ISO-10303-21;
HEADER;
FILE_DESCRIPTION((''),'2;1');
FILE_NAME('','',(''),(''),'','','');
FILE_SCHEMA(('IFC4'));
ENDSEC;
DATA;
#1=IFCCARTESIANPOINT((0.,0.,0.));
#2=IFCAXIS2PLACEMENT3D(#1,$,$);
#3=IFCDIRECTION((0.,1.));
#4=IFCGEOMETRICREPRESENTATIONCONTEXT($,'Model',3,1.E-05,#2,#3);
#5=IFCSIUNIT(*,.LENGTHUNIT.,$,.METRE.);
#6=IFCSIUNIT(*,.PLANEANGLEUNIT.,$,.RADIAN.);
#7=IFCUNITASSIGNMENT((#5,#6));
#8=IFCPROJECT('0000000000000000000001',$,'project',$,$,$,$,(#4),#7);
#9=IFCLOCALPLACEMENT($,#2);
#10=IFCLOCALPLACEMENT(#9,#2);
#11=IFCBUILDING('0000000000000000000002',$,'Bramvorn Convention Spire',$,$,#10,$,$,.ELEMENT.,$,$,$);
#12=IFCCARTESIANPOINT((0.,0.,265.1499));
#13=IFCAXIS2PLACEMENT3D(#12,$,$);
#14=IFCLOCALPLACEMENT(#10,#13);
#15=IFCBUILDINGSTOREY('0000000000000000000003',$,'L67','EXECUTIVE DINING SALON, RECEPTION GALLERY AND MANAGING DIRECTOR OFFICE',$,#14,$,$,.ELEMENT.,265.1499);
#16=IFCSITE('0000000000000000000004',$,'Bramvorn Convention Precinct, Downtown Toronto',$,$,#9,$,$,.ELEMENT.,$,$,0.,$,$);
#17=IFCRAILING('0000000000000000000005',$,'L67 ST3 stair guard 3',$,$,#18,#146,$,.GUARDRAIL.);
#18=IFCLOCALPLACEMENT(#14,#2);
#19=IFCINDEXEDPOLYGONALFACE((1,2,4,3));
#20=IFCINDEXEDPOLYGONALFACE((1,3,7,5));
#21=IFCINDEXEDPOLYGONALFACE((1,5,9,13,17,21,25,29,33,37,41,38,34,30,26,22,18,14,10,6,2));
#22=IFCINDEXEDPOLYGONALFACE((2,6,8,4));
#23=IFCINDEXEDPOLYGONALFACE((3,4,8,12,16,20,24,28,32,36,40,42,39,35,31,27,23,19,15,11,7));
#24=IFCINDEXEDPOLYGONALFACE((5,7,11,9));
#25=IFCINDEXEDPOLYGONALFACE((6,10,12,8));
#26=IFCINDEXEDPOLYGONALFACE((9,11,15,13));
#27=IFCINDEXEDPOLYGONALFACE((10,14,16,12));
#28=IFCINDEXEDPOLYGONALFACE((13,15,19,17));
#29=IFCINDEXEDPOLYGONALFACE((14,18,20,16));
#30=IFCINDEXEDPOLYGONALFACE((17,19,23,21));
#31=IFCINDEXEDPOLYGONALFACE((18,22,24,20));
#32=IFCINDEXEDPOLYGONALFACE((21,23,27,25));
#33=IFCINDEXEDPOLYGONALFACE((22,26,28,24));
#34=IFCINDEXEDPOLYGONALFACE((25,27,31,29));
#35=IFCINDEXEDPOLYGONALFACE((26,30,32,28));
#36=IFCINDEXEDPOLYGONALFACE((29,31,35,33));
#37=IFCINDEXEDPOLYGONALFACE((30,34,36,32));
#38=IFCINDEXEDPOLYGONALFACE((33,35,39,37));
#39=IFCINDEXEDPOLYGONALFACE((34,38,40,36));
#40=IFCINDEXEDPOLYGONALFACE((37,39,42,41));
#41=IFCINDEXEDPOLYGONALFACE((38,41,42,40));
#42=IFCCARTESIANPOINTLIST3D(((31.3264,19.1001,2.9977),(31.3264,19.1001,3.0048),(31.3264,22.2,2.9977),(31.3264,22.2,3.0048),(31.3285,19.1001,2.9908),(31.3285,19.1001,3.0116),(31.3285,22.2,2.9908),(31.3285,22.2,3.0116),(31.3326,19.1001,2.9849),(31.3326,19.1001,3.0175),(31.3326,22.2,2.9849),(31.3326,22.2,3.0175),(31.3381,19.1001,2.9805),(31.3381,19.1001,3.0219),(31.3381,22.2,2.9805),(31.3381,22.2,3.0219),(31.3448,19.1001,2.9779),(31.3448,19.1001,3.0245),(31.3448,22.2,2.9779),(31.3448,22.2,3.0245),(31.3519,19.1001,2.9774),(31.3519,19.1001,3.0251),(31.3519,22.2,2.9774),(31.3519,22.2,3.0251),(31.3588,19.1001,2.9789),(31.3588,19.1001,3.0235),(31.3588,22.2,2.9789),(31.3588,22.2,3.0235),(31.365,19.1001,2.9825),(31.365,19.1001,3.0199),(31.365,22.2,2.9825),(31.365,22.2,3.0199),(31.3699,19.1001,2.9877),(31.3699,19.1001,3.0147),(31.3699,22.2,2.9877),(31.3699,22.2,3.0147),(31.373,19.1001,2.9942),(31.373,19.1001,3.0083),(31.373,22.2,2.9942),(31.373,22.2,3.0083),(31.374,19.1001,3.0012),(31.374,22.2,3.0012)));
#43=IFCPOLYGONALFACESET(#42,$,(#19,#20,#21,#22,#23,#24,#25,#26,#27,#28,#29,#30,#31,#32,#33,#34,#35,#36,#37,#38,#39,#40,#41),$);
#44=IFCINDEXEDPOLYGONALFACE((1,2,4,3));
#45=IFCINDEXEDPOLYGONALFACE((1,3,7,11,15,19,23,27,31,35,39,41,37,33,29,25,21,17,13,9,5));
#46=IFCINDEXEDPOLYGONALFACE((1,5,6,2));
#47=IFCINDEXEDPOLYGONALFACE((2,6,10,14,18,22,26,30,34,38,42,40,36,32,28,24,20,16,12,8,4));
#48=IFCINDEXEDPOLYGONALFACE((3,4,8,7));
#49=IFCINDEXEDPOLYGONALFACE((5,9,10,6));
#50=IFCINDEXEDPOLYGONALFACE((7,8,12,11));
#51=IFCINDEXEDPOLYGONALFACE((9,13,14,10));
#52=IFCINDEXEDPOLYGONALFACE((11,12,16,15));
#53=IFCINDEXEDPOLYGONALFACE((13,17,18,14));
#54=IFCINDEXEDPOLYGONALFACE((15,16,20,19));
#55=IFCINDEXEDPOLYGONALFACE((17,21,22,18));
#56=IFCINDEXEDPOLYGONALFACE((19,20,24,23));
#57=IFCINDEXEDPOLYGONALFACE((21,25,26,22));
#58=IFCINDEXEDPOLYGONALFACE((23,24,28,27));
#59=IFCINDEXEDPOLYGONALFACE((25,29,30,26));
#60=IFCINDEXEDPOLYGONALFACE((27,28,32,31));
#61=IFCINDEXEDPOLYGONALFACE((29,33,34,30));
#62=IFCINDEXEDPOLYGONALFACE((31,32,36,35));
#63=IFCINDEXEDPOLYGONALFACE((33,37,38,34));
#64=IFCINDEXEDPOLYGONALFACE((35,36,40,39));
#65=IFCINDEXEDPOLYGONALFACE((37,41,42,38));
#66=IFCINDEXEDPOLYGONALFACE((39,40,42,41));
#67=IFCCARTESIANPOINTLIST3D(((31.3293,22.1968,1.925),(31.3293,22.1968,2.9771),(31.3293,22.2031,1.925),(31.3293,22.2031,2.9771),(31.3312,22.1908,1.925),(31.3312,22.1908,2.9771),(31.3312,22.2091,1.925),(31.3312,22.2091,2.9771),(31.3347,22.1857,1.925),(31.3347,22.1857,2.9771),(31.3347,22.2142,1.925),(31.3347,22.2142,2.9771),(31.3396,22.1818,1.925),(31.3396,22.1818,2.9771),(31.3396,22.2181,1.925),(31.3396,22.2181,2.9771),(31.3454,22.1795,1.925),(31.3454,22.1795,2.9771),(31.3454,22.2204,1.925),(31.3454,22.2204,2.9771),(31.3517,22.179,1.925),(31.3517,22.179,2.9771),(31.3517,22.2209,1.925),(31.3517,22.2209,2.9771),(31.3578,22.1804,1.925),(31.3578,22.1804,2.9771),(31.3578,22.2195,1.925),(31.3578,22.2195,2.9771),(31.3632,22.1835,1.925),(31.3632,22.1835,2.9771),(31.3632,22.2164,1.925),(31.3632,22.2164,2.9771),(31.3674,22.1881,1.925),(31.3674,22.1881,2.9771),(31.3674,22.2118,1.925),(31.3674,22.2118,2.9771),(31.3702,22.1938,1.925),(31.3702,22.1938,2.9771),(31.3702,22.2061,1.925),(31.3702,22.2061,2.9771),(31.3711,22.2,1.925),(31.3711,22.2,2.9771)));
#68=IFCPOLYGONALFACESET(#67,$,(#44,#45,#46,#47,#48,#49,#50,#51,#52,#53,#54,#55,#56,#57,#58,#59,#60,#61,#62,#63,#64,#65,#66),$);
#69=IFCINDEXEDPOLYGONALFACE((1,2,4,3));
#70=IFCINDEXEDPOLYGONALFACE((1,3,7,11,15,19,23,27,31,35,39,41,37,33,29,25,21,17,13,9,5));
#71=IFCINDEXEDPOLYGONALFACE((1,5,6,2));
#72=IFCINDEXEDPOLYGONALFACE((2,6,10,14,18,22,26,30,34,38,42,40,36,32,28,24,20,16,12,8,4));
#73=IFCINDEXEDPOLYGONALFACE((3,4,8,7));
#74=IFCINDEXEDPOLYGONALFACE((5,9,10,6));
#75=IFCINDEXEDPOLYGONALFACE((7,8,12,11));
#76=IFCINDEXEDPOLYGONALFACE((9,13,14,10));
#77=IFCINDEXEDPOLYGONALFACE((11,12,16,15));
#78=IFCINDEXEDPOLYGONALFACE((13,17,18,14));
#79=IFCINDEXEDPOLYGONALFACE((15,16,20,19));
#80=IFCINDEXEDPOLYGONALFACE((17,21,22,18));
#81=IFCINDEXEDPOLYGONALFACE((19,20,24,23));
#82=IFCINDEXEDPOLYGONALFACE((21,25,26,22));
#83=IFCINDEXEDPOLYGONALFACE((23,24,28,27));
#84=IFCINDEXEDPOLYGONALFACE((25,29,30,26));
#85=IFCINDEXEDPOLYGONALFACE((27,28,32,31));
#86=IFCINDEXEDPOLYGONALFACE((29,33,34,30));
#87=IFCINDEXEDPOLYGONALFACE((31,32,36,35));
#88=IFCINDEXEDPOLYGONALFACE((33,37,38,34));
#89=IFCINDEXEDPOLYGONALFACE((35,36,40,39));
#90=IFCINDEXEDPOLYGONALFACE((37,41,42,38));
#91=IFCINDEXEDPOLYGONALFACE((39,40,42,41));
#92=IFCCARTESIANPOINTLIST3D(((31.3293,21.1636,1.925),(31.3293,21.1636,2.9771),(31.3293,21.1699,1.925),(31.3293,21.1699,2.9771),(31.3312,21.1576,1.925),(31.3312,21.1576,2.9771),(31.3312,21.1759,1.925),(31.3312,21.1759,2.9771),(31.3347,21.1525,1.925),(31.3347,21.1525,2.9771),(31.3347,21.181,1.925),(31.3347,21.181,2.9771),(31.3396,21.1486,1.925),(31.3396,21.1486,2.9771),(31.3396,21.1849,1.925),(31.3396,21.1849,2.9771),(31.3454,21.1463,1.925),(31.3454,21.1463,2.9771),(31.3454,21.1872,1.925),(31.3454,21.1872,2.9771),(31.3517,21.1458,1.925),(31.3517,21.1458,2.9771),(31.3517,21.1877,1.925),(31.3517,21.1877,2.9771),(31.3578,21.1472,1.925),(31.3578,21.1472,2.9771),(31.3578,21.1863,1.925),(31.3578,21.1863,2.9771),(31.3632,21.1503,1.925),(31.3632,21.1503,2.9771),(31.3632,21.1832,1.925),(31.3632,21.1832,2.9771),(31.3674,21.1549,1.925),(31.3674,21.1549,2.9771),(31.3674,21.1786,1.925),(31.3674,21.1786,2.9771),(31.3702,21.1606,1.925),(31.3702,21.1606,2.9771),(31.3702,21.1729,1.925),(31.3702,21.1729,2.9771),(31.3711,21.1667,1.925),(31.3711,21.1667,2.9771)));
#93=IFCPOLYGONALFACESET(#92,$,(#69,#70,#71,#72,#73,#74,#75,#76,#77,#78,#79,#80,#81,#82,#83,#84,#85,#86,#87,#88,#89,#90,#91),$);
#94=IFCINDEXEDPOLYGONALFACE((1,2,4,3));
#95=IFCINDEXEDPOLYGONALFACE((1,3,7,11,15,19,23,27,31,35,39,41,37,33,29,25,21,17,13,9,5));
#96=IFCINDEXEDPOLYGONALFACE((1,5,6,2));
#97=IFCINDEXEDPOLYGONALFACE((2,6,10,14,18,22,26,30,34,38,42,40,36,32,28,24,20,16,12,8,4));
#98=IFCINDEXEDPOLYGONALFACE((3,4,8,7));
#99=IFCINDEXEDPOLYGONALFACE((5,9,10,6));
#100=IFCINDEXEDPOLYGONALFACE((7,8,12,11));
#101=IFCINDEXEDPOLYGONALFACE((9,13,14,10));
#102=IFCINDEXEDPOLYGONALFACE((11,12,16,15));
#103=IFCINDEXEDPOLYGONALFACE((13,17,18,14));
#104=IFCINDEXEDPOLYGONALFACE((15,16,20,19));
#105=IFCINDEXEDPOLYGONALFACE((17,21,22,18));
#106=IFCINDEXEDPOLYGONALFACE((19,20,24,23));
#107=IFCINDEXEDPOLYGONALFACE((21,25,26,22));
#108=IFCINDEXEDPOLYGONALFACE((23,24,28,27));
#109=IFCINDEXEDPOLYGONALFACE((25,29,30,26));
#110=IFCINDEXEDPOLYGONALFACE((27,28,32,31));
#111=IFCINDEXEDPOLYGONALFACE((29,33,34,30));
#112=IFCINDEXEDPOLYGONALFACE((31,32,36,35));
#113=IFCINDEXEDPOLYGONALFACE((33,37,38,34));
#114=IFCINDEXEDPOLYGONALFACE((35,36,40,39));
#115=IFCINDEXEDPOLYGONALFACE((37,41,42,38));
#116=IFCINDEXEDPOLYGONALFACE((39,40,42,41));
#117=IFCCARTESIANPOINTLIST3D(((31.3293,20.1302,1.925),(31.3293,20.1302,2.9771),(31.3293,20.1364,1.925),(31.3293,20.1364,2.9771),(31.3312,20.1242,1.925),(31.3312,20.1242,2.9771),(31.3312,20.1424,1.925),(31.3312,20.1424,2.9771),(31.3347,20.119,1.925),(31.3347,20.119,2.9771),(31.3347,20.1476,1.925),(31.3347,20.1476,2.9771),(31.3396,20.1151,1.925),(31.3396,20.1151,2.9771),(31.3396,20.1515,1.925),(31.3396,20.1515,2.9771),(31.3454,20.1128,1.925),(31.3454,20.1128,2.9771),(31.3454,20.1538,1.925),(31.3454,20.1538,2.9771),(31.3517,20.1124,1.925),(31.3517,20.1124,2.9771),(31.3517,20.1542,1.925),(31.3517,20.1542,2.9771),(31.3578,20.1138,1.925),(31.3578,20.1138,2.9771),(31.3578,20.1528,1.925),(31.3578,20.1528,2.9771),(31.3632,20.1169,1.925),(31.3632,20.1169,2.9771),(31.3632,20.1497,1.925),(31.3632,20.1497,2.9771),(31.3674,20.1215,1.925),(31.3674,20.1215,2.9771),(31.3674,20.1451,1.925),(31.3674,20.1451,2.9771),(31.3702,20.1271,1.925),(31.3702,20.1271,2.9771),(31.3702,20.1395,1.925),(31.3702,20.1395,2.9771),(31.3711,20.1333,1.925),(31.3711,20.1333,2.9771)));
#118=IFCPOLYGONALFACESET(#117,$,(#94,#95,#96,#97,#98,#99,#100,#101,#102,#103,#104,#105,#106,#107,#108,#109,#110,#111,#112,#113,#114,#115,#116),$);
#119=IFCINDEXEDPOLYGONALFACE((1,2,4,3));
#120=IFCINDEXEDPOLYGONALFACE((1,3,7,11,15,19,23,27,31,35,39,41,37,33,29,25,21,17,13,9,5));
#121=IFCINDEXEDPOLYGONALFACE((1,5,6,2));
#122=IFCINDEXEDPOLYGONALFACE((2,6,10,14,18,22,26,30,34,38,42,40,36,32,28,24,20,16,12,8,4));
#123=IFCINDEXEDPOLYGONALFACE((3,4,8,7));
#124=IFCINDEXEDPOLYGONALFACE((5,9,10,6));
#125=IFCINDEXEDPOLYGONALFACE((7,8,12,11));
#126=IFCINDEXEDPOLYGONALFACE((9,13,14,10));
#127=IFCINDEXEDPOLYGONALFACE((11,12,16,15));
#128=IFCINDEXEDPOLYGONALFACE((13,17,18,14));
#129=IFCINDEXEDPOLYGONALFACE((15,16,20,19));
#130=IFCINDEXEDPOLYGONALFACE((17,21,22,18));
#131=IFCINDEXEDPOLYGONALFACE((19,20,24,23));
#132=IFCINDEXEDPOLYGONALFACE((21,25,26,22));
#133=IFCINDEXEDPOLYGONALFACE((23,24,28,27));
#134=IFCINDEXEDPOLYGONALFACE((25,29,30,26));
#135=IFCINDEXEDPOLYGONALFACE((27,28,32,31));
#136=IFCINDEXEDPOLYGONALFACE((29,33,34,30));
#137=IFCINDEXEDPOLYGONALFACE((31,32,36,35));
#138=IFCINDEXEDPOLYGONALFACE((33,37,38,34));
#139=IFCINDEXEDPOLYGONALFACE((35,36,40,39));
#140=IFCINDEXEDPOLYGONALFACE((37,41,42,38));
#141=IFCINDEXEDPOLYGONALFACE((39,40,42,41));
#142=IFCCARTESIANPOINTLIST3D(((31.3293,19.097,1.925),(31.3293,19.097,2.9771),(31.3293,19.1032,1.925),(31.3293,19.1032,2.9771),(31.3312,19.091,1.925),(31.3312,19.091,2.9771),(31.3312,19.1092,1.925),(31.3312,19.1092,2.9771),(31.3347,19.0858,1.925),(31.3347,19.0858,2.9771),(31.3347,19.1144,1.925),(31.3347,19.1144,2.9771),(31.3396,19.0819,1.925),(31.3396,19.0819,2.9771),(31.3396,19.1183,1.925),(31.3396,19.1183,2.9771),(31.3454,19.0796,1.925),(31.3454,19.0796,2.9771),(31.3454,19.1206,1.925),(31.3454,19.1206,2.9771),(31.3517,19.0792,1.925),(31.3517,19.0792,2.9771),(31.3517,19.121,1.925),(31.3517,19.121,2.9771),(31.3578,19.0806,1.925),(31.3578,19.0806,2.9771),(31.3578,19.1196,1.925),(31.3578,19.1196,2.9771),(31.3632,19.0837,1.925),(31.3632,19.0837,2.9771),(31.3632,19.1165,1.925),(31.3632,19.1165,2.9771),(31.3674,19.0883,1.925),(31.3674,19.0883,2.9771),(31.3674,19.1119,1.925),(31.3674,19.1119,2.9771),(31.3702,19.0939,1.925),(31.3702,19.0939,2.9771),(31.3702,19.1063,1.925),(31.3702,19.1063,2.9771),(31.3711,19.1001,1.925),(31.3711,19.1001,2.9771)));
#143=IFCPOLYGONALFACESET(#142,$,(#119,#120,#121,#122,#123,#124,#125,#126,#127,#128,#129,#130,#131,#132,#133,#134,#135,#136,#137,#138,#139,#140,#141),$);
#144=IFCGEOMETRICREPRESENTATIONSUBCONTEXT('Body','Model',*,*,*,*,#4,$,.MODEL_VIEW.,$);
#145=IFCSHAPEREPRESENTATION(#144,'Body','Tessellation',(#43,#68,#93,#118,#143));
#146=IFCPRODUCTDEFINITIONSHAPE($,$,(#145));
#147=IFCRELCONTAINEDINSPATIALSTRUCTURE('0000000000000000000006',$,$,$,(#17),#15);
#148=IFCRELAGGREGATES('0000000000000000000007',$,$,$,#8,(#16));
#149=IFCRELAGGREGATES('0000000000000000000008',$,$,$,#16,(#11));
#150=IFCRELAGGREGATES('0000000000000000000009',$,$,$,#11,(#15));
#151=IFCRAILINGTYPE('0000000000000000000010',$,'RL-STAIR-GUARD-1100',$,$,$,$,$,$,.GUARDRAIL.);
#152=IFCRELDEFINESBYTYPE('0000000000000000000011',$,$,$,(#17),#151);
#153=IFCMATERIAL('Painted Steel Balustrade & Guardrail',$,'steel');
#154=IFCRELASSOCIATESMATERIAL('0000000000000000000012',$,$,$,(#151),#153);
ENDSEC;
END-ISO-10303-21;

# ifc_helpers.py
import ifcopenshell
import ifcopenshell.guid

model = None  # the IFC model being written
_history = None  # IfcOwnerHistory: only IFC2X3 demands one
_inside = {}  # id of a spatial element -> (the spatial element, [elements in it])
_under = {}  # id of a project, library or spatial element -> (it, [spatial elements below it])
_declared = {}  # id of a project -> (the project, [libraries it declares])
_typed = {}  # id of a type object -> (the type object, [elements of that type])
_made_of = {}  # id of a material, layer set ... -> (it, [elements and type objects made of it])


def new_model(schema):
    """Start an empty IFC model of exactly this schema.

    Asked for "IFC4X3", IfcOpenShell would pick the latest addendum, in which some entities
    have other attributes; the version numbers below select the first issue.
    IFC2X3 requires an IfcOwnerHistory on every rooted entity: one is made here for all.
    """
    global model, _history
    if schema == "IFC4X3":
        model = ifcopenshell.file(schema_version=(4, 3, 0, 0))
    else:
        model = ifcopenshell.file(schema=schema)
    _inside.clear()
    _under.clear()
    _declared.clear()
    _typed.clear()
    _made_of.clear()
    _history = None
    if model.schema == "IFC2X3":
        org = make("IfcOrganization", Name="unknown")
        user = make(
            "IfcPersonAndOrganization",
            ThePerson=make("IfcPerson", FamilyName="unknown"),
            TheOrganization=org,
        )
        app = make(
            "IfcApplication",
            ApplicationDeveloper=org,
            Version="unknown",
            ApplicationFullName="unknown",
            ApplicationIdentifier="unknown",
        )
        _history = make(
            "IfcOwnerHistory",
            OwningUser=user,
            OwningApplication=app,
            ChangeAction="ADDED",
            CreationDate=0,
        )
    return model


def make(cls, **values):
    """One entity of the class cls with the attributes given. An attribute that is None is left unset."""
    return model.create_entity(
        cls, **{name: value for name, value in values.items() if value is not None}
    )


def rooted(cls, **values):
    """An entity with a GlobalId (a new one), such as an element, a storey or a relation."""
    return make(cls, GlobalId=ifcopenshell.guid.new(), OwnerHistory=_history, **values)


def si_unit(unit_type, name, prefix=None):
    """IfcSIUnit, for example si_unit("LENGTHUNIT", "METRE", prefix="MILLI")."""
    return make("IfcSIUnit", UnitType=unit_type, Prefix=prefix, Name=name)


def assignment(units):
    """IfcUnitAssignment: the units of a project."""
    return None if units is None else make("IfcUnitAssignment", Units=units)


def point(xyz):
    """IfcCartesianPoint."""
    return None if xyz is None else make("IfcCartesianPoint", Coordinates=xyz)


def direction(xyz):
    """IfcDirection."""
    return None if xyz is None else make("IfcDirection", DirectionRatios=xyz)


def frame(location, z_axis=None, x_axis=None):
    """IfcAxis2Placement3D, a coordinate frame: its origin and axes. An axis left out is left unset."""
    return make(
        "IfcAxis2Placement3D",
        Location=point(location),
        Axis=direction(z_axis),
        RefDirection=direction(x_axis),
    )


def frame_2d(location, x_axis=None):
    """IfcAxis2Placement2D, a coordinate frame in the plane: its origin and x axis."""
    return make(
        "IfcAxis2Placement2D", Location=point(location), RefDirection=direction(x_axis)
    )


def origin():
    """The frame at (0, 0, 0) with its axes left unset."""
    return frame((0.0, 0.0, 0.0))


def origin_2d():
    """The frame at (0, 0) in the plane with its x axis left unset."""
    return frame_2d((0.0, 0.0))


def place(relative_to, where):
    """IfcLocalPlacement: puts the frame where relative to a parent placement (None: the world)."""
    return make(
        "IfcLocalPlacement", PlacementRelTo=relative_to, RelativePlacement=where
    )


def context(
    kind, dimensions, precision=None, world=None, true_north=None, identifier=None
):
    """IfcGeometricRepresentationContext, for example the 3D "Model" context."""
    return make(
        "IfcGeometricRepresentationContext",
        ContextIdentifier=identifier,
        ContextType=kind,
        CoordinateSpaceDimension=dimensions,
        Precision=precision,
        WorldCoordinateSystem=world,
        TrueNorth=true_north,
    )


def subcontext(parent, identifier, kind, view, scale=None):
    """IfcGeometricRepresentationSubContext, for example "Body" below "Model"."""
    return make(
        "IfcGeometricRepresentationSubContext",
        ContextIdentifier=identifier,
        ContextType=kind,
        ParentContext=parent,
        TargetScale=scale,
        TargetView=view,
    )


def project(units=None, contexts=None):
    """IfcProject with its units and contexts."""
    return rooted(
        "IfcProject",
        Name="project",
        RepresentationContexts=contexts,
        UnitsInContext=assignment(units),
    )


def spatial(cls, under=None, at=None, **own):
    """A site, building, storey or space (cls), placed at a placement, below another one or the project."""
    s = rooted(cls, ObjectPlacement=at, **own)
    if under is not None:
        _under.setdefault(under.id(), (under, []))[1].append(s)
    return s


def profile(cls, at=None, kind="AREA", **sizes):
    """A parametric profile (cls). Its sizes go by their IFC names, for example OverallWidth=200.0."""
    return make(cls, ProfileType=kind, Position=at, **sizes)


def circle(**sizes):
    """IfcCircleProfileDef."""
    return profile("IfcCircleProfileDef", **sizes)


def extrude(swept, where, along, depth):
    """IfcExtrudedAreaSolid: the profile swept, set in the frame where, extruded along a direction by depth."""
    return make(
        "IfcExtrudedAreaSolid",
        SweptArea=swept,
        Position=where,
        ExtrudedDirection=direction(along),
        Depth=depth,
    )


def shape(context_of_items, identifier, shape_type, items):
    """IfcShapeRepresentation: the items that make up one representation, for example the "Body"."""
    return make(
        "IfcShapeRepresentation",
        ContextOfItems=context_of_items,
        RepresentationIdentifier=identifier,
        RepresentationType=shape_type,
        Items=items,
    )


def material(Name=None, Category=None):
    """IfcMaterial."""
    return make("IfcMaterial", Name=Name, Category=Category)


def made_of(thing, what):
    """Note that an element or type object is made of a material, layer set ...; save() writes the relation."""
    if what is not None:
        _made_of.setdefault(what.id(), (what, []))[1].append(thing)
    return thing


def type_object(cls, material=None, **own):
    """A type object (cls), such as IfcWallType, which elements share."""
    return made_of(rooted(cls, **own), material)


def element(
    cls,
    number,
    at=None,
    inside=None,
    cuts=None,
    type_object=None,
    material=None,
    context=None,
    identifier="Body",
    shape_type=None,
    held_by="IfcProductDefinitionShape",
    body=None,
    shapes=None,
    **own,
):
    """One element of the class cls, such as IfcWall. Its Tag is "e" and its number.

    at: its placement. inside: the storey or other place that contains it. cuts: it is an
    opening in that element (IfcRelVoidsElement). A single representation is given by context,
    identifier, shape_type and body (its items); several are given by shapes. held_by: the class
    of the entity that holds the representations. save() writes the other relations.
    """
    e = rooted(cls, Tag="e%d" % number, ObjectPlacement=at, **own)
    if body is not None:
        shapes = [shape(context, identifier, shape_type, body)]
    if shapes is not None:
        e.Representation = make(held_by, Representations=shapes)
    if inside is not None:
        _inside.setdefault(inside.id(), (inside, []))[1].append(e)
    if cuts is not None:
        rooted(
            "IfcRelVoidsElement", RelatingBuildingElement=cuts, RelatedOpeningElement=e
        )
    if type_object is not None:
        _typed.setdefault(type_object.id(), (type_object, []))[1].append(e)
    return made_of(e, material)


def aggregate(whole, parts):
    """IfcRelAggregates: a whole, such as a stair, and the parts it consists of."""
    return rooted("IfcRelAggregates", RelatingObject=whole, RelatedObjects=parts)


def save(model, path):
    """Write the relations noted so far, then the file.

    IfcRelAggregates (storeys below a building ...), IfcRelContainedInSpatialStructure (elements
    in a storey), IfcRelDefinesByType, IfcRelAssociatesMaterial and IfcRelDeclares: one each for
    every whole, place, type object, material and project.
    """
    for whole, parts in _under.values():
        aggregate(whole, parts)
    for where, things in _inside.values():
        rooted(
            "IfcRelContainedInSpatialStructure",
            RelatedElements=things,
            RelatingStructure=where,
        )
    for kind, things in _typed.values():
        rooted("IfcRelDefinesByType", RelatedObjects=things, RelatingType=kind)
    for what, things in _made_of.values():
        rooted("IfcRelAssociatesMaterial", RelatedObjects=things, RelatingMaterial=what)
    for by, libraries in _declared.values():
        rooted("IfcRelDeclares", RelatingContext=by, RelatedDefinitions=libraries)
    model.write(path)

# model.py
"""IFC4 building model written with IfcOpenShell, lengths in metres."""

from ifc_helpers import new_model, si_unit, direction, frame, origin, origin_2d, place, context, subcontext, project, spatial, circle, extrude, material, type_object, element, save


model = new_model("IFC4")

# Units and contexts
model_context = context("Model", 3, precision=1e-05, world=origin(), true_north=direction((0.0, 1.0)))
body_context = subcontext(model_context, "Body", "Model", "MODEL_VIEW")
ifc_project = project(units=[si_unit("LENGTHUNIT", "METRE"), si_unit("PLANEANGLEUNIT", "RADIAN")], contexts=[model_context])

# Site, building, storey
site_placement = place(None, origin())
site = spatial("IfcSite", under=ifc_project, at=site_placement, Name="Bramvorn Convention Precinct, Downtown Toronto", CompositionType="ELEMENT", RefElevation=0.0)
building_placement = place(site_placement, origin())
building = spatial("IfcBuilding", under=site, at=building_placement, Name="Bramvorn Convention Spire", CompositionType="ELEMENT")
storey_placement = place(building_placement, frame((0.0, 0.0, 265.1499)))
storey = spatial("IfcBuildingStorey", under=building, at=storey_placement, Name="L67", Description="EXECUTIVE DINING SALON, RECEPTION GALLERY AND MANAGING DIRECTOR OFFICE", CompositionType="ELEMENT", Elevation=265.1499)

# Railing
ifc_material_1 = material(Name="Painted Steel Balustrade & Guardrail", Category="steel")
railing_type_1 = type_object("IfcRailingType", Name="RL-STAIR-GUARD-1100", PredefinedType="GUARDRAIL", material=ifc_material_1)
for number, where, name in (
    (1, (31.3501, 22.2, 1.925), "L67 ST3 stair guard 3"),
):
    element("IfcRailing", number, at=place(storey_placement, frame(where)), inside=storey, type_object=railing_type_1, Name=name, PredefinedType="GUARDRAIL", context=body_context, shape_type="SweptSolid", body=[
        extrude(circle(Radius=0.0239, at=origin_2d()), frame((0.0, 0.0, 1.0762), z_axis=(0.0, -1.0, 0.0), x_axis=(1.0, 0.0, 0.0)), (0.0, 0.0, 1.0), 3.0999),
        extrude(circle(Radius=0.021, at=origin_2d()), origin(), (0.0, 0.0, 1.0), 1.052),
        extrude(circle(Radius=0.021, at=origin_2d()), frame((0.0, -1.0332, 0.0)), (0.0, 0.0, 1.0), 1.052),
        extrude(circle(Radius=0.021, at=origin_2d()), frame((0.0, -2.0667, 0.0)), (0.0, 0.0, 1.0), 1.052),
        extrude(circle(Radius=0.021, at=origin_2d()), frame((0.0, -3.0999, 0.0)), (0.0, 0.0, 1.0), 1.052),
    ])

save(model, "model.ifc")
